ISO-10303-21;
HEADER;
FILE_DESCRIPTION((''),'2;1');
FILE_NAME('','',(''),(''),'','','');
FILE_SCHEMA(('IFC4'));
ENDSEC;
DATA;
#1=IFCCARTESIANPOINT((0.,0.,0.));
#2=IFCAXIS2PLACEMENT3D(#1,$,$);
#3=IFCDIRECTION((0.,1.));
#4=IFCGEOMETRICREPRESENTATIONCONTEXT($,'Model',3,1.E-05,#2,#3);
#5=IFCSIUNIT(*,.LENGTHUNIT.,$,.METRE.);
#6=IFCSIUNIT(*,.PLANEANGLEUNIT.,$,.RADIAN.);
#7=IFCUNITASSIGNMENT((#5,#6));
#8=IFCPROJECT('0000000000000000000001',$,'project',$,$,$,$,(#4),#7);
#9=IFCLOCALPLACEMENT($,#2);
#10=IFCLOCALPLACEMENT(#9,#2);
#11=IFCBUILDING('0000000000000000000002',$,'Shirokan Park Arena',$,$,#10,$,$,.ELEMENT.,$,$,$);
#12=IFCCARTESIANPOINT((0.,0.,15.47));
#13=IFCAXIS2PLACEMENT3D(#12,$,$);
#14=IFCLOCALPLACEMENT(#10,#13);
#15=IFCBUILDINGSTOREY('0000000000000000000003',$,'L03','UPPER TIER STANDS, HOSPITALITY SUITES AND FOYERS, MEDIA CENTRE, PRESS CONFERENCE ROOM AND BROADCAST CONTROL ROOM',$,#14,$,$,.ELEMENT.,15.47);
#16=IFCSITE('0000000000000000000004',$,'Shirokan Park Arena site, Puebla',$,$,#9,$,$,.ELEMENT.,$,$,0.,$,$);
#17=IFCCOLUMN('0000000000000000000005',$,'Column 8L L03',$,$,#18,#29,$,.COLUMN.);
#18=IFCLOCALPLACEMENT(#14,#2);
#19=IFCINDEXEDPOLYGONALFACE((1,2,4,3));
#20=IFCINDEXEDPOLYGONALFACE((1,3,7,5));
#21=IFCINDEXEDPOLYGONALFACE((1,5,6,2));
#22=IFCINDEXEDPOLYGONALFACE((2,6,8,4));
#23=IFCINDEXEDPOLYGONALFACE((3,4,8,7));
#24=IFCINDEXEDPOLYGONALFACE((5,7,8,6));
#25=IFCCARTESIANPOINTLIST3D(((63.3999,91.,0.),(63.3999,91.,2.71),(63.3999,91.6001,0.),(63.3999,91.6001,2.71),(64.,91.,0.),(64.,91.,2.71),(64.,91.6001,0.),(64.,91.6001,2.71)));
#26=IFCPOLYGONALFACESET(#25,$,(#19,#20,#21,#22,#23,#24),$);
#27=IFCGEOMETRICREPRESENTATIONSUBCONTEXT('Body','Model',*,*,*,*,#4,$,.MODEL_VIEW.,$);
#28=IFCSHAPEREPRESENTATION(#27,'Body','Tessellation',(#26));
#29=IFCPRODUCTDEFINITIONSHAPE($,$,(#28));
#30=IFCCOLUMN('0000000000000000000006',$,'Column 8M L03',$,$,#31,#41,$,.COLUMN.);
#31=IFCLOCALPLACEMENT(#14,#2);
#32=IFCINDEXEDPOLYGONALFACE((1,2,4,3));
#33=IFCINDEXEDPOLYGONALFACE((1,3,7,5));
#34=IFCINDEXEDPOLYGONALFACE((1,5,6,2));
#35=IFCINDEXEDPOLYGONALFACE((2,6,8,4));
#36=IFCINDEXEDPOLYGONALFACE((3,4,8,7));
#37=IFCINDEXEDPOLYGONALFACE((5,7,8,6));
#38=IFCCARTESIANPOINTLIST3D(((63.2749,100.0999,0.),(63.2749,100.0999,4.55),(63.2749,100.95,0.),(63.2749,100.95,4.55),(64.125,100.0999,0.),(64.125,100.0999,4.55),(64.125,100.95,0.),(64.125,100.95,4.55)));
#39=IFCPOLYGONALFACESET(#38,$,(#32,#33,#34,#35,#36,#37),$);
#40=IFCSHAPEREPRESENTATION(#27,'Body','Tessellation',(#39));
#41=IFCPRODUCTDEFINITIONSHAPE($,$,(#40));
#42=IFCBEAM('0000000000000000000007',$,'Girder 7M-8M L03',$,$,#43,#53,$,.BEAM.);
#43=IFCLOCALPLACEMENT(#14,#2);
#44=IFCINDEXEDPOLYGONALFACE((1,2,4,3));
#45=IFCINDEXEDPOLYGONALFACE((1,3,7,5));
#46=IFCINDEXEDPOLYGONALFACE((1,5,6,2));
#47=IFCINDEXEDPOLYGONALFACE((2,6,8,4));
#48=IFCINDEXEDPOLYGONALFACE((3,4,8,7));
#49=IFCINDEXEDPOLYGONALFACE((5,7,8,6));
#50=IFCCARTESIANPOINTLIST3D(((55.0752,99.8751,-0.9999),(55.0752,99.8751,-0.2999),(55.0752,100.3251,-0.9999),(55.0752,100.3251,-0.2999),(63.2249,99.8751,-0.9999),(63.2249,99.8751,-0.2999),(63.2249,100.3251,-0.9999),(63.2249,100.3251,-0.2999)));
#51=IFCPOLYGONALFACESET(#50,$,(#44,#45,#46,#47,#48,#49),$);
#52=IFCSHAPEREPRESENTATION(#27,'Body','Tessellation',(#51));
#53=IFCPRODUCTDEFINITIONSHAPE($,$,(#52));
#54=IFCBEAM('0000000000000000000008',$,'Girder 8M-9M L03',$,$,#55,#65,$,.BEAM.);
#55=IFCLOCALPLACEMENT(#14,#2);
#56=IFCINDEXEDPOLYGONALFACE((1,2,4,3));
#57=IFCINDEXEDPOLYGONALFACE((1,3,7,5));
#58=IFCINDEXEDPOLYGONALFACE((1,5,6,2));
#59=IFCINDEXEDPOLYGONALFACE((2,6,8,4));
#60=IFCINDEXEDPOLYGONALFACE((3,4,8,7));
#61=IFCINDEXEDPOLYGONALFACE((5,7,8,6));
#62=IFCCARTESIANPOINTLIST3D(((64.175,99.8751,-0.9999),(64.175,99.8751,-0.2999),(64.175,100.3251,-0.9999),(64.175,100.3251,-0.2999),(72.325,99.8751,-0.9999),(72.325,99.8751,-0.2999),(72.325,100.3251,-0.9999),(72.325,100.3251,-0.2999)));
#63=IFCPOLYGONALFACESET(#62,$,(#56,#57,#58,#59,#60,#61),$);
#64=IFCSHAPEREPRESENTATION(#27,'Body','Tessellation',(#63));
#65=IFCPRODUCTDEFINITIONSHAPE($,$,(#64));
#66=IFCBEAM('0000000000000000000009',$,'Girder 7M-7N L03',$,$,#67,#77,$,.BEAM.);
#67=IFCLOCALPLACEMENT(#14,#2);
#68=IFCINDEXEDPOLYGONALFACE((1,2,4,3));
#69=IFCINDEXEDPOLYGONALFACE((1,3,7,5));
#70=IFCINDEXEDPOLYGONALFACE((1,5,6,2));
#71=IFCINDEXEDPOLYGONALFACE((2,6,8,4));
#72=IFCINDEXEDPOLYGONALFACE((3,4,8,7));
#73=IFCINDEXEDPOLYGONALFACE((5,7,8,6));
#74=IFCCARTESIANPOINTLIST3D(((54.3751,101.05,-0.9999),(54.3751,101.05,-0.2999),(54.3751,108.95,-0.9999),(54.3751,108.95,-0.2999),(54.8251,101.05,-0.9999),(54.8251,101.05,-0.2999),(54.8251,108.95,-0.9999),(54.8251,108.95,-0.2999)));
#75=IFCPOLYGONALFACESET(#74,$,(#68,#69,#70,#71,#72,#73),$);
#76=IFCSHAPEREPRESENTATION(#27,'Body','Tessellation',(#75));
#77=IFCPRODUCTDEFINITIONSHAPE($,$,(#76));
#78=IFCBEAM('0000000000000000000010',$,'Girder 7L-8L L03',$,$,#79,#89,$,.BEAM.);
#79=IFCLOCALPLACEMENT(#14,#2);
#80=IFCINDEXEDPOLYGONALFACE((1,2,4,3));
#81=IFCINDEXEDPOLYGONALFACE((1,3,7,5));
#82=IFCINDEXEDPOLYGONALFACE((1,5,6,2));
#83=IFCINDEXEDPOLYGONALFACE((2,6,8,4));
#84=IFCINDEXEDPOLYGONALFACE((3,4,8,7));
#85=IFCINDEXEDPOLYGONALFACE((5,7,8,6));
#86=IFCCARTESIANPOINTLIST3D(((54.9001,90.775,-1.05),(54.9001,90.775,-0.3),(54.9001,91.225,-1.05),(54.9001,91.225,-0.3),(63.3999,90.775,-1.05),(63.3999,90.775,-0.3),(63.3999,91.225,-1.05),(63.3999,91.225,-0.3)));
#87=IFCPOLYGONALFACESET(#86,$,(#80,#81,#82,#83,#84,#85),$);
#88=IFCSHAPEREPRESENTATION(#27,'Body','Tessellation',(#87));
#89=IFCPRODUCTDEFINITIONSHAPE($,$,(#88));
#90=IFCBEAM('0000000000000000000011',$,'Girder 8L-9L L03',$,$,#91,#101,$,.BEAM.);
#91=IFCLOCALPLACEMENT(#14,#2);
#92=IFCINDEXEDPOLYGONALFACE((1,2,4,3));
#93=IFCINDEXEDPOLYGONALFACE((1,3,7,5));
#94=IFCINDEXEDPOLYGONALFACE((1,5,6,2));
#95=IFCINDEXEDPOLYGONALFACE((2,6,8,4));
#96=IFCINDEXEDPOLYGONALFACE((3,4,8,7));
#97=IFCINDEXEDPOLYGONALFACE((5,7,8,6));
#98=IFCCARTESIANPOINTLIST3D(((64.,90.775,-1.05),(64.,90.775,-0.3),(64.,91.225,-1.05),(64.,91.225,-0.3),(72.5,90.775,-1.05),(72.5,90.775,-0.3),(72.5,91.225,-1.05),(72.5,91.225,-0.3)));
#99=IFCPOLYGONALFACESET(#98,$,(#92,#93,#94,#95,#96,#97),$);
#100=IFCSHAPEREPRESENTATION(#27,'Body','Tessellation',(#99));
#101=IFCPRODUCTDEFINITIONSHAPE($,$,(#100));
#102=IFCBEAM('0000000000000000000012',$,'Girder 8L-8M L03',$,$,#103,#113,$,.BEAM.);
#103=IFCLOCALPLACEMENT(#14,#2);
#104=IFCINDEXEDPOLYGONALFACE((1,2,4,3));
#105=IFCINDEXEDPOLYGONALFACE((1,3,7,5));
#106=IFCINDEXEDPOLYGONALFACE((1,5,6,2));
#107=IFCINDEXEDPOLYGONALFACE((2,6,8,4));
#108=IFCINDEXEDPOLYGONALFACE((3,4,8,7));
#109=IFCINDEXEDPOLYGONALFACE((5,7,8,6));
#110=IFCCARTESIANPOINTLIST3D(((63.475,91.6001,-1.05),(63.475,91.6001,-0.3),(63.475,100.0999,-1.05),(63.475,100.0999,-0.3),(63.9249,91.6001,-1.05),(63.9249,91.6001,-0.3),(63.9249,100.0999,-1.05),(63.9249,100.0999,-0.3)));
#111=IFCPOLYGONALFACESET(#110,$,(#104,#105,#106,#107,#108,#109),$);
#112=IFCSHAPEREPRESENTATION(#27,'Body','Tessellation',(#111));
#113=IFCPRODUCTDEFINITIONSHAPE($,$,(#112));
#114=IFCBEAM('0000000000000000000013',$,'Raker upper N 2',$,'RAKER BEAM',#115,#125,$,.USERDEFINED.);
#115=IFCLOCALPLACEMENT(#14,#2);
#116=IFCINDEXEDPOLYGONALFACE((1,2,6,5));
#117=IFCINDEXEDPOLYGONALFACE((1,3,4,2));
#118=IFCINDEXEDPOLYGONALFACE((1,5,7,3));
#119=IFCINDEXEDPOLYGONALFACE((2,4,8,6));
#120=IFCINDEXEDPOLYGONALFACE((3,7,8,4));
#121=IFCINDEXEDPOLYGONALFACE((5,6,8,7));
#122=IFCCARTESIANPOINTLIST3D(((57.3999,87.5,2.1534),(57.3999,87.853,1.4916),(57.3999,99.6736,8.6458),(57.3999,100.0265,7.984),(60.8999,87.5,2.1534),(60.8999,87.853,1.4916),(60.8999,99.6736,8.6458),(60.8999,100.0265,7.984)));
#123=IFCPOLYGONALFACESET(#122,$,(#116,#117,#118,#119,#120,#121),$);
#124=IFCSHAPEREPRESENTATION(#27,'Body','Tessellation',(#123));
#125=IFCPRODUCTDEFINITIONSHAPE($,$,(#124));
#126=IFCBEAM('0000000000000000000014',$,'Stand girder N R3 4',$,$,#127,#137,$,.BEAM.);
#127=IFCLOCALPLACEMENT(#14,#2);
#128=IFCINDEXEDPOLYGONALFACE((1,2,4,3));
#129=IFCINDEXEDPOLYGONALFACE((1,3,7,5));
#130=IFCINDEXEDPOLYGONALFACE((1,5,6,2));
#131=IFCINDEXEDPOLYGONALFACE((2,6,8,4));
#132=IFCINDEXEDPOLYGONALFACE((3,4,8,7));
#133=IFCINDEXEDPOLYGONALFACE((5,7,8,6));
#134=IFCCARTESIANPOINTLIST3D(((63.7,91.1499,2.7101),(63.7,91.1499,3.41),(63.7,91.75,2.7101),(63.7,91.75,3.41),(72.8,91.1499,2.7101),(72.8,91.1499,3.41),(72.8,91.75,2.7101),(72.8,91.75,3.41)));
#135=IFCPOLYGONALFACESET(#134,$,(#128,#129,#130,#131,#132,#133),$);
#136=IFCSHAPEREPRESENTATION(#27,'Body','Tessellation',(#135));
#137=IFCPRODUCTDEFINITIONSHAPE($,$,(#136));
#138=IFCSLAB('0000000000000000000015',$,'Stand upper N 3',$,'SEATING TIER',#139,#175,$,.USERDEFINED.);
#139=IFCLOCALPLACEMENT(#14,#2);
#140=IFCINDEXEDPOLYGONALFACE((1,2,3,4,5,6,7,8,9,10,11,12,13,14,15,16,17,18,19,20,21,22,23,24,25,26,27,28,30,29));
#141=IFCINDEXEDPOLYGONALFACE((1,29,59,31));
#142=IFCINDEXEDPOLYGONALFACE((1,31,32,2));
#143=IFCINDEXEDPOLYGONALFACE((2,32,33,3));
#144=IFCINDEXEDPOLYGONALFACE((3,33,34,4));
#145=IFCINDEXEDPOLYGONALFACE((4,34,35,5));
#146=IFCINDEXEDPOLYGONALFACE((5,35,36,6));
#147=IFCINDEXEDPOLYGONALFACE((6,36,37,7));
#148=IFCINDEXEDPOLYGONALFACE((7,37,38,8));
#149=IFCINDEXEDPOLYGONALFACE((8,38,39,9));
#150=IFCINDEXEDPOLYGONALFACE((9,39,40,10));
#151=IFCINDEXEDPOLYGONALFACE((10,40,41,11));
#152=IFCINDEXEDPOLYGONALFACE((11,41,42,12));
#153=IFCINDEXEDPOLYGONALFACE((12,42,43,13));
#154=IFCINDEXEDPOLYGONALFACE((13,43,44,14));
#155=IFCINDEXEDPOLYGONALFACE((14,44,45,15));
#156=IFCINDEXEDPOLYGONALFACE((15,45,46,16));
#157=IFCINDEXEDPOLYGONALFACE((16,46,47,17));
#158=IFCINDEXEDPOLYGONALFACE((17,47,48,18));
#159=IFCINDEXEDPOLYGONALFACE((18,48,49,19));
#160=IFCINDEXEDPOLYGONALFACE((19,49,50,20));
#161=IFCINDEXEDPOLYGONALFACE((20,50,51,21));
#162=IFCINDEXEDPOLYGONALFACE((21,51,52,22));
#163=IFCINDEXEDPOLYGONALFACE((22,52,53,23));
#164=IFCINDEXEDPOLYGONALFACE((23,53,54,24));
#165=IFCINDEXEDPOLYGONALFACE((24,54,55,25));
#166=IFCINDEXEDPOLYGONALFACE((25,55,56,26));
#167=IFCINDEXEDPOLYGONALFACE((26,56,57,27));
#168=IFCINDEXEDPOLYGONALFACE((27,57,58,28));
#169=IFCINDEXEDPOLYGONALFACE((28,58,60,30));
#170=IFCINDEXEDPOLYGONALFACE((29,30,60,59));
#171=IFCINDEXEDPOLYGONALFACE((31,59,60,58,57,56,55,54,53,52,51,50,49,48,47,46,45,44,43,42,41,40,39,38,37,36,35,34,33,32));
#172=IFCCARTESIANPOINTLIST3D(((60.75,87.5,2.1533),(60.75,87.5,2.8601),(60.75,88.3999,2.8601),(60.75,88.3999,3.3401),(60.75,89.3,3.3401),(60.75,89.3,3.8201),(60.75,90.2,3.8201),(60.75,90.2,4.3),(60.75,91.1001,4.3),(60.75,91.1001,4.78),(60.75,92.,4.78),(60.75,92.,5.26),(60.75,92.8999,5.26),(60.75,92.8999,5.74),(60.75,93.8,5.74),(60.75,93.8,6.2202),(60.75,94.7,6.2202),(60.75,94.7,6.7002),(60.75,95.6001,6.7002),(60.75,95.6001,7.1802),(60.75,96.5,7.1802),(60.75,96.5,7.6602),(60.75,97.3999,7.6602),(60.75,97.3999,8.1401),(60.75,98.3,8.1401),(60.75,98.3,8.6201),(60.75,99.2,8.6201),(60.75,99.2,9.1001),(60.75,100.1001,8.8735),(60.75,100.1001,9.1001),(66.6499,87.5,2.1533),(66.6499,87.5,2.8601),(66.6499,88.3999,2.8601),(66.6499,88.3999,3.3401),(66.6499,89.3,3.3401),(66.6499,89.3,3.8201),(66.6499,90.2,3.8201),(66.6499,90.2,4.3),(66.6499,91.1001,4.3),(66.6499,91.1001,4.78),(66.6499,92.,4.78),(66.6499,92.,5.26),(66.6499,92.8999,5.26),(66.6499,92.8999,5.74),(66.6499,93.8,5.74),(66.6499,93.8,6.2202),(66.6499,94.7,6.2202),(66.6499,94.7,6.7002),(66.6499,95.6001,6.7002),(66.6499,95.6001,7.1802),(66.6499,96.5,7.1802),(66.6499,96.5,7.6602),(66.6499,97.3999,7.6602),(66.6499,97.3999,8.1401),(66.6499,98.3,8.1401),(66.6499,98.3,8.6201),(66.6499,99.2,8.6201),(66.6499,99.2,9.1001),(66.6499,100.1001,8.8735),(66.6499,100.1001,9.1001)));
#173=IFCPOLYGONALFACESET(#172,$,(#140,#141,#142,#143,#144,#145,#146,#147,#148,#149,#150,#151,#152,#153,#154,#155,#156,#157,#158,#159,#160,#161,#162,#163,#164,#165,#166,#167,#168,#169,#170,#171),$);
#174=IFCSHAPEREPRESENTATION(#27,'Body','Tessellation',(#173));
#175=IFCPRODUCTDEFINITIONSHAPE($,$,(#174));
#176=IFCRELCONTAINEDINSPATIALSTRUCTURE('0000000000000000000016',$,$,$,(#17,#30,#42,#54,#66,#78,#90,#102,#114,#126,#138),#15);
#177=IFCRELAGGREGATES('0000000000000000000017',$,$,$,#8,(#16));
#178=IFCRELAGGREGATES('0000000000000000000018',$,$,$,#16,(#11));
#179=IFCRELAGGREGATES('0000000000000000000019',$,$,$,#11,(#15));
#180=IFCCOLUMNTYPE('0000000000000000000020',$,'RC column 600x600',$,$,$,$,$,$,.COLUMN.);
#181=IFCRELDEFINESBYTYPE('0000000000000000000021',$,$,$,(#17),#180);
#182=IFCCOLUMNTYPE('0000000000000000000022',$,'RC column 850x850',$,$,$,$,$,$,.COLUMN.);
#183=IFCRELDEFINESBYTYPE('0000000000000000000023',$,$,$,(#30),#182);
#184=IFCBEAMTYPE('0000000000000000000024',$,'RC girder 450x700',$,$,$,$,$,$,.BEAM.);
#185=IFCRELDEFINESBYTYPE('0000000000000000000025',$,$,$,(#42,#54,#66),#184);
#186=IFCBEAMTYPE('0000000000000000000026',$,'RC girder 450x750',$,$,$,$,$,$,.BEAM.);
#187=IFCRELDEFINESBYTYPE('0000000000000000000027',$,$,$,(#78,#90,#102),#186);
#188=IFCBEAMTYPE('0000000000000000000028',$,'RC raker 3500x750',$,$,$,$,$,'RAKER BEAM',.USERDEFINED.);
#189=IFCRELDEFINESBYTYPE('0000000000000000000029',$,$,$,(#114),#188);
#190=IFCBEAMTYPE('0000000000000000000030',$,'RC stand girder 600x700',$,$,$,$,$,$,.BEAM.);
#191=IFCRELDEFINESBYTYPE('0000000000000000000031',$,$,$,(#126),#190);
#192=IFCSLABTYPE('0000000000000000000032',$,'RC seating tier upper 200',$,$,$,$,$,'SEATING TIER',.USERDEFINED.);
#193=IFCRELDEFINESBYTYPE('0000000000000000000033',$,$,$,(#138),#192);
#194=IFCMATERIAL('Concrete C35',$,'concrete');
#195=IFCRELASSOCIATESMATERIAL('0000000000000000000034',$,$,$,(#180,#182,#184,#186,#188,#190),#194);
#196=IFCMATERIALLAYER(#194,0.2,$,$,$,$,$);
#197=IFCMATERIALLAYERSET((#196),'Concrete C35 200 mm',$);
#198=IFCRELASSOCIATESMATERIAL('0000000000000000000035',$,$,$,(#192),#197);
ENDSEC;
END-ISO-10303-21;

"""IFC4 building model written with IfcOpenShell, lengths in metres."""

from ifc_helpers import new_model, si_unit, direction, frame, origin, origin_2d, place, context, subcontext, project, spatial, polyline, rectangle, outline, extrude, material, layer, layer_set, material_profile, profile_set, type_object, element, save


model = new_model("IFC4")

# Units and contexts
model_context = context("Model", 3, precision=1e-05, world=origin(), true_north=direction((0.0, 1.0)))
body_context = subcontext(model_context, "Body", "Model", "MODEL_VIEW")
ifc_project = project(units=[si_unit("LENGTHUNIT", "METRE"), si_unit("PLANEANGLEUNIT", "RADIAN")], contexts=[model_context])

# Site, building, storey
site_placement = place(None, origin())
site = spatial("IfcSite", under=ifc_project, at=site_placement, Name="Shirokan Park Arena site, Puebla", CompositionType="ELEMENT", RefElevation=0.0)
building_placement = place(site_placement, origin())
building = spatial("IfcBuilding", under=site, at=building_placement, Name="Shirokan Park Arena", CompositionType="ELEMENT")
storey_placement = place(building_placement, frame((0.0, 0.0, 15.47)))
storey = spatial("IfcBuildingStorey", under=building, at=storey_placement, Name="L03", Description="UPPER TIER STANDS, HOSPITALITY SUITES AND FOYERS, MEDIA CENTRE, PRESS CONFERENCE ROOM AND BROADCAST CONTROL ROOM", CompositionType="ELEMENT", Elevation=15.47)

# Columns
ifc_material_1 = material(Name="Concrete C35", Category="concrete")
ifc_material_profile_1 = material_profile(ifc_material_1, rectangle(XDim=0.6001, YDim=0.6001, at=origin_2d()), Name="600x600")
ifc_profile_set_1 = profile_set([ifc_material_profile_1], Name="Concrete C35")
column_type_1 = type_object("IfcColumnType", Name="RC column 600x600", PredefinedType="COLUMN", material=ifc_profile_set_1)
column_1_placement = place(storey_placement, frame((63.7, 91.3, 0.0), z_axis=(0.0, 0.0, 1.0), x_axis=(1.0, 0.0, 0.0)))
element("IfcColumn", 1, at=column_1_placement, inside=storey, type_object=column_type_1, Name="Column 8L L03", PredefinedType="COLUMN", context=body_context, shape_type="SweptSolid", body=[
    extrude(rectangle(XDim=0.6001, YDim=0.6001, at=origin_2d()), origin(), (0.0, 0.0, 1.0), 2.71),
])
ifc_material_profile_2 = material_profile(ifc_material_1, rectangle(XDim=0.8501, YDim=0.8501, at=origin_2d()), Name="850x850")
ifc_profile_set_2 = profile_set([ifc_material_profile_2], Name="Concrete C35")
column_type_2 = type_object("IfcColumnType", Name="RC column 850x850", PredefinedType="COLUMN", material=ifc_profile_set_2)
column_2_placement = place(storey_placement, frame((63.7, 100.5249, 0.0), z_axis=(0.0, 0.0, 1.0), x_axis=(1.0, 0.0, 0.0)))
element("IfcColumn", 2, at=column_2_placement, inside=storey, type_object=column_type_2, Name="Column 8M L03", PredefinedType="COLUMN", context=body_context, shape_type="SweptSolid", body=[
    extrude(rectangle(XDim=0.8501, YDim=0.8501, at=origin_2d()), origin(), (0.0, 0.0, 1.0), 4.55),
])

# Beams
ifc_material_profile_3 = material_profile(ifc_material_1, rectangle(XDim=0.45, YDim=0.7, at=origin_2d()), Name="450x700")
ifc_profile_set_3 = profile_set([ifc_material_profile_3], Name="Concrete C35")
beam_type_1 = type_object("IfcBeamType", Name="RC girder 450x700", PredefinedType="BEAM", material=ifc_profile_set_3)
beam_1_placement = place(storey_placement, frame((55.0752, 100.1001, -0.6499), z_axis=(1.0, 0.0, 0.0), x_axis=(0.0, 1.0, 0.0)))
element("IfcBeam", 3, at=beam_1_placement, inside=storey, type_object=beam_type_1, Name="Girder 7M-8M L03", PredefinedType="BEAM", context=body_context, shape_type="SweptSolid", body=[
    extrude(rectangle(XDim=0.45, YDim=0.7, at=origin_2d()), origin(), (0.0, 0.0, 1.0), 8.1497),
])
beam_2_placement = place(storey_placement, frame((64.175, 100.1001, -0.6499), z_axis=(1.0, 0.0, 0.0), x_axis=(0.0, 1.0, 0.0)))
element("IfcBeam", 4, at=beam_2_placement, inside=storey, type_object=beam_type_1, Name="Girder 8M-9M L03", PredefinedType="BEAM", context=body_context, shape_type="SweptSolid", body=[
    extrude(rectangle(XDim=0.45, YDim=0.7, at=origin_2d()), origin(), (0.0, 0.0, 1.0), 8.1499),
])
beam_3_placement = place(storey_placement, frame((54.6001, 101.05, -0.6499), z_axis=(0.0, 1.0, 0.0), x_axis=(-1.0, 0.0, 0.0)))
element("IfcBeam", 5, at=beam_3_placement, inside=storey, type_object=beam_type_1, Name="Girder 7M-7N L03", PredefinedType="BEAM", context=body_context, shape_type="SweptSolid", body=[
    extrude(rectangle(XDim=0.45, YDim=0.7, at=origin_2d()), origin(), (0.0, 0.0, 1.0), 7.8999),
])
ifc_material_profile_4 = material_profile(ifc_material_1, rectangle(XDim=0.45, YDim=0.75, at=origin_2d()), Name="450x750")
ifc_profile_set_4 = profile_set([ifc_material_profile_4], Name="Concrete C35")
beam_type_2 = type_object("IfcBeamType", Name="RC girder 450x750", PredefinedType="BEAM", material=ifc_profile_set_4)
beam_4_placement = place(storey_placement, frame((54.9001, 91.0, -0.675), z_axis=(1.0, 0.0, 0.0), x_axis=(0.0, 1.0, 0.0)))
element("IfcBeam", 6, at=beam_4_placement, inside=storey, type_object=beam_type_2, Name="Girder 7L-8L L03", PredefinedType="BEAM", context=body_context, shape_type="SweptSolid", body=[
    extrude(rectangle(XDim=0.45, YDim=0.75, at=origin_2d()), origin(), (0.0, 0.0, 1.0), 8.4998),
])
beam_5_placement = place(storey_placement, frame((64.0, 91.0, -0.675), z_axis=(1.0, 0.0, 0.0), x_axis=(0.0, 1.0, 0.0)))
element("IfcBeam", 7, at=beam_5_placement, inside=storey, type_object=beam_type_2, Name="Girder 8L-9L L03", PredefinedType="BEAM", context=body_context, shape_type="SweptSolid", body=[
    extrude(rectangle(XDim=0.45, YDim=0.75, at=origin_2d()), origin(), (0.0, 0.0, 1.0), 8.5),
])
beam_6_placement = place(storey_placement, frame((63.7, 91.6001, -0.675), z_axis=(0.0, 1.0, 0.0), x_axis=(-1.0, 0.0, 0.0)))
element("IfcBeam", 8, at=beam_6_placement, inside=storey, type_object=beam_type_2, Name="Girder 8L-8M L03", PredefinedType="BEAM", context=body_context, shape_type="SweptSolid", body=[
    extrude(rectangle(XDim=0.45, YDim=0.75, at=origin_2d()), origin(), (0.0, 0.0, 1.0), 8.4998),
])
ifc_material_profile_5 = material_profile(ifc_material_1, rectangle(XDim=3.5, YDim=0.75, at=origin_2d()), Name="3500x750")
ifc_profile_set_5 = profile_set([ifc_material_profile_5], Name="Concrete C35")
beam_type_3 = type_object("IfcBeamType", Name="RC raker 3500x750", ElementType="RAKER BEAM", PredefinedType="USERDEFINED", material=ifc_profile_set_5)
beam_7_placement = place(storey_placement, frame((59.1499, 87.6765, 1.8225), z_axis=(0.0, 0.882357, 0.47058), x_axis=(-1.0, 0.0, 0.0)))
element("IfcBeam", 9, at=beam_7_placement, inside=storey, type_object=beam_type_3, Name="Raker upper N 2", ObjectType="RAKER BEAM", PredefinedType="USERDEFINED", context=body_context, shape_type="SweptSolid", body=[
    extrude(rectangle(XDim=3.5, YDim=0.75, at=origin_2d()), origin(), (0.0, 0.0, 1.0), 13.7966),
])
ifc_material_profile_6 = material_profile(ifc_material_1, rectangle(XDim=0.6001, YDim=0.7, at=origin_2d()), Name="600x700")
ifc_profile_set_6 = profile_set([ifc_material_profile_6], Name="Concrete C35")
beam_type_4 = type_object("IfcBeamType", Name="RC stand girder 600x700", PredefinedType="BEAM", material=ifc_profile_set_6)
beam_8_placement = place(storey_placement, frame((63.7, 91.45, 3.0601), z_axis=(1.0, 0.0, 0.0), x_axis=(0.0, 1.0, 0.0)))
element("IfcBeam", 10, at=beam_8_placement, inside=storey, type_object=beam_type_4, Name="Stand girder N R3 4", PredefinedType="BEAM", context=body_context, shape_type="SweptSolid", body=[
    extrude(rectangle(XDim=0.6001, YDim=0.7, at=origin_2d()), origin(), (0.0, 0.0, 1.0), 9.1001),
])

# Slab
ifc_layer_1 = layer(ifc_material_1, 0.2)
ifc_layer_set_1 = layer_set([ifc_layer_1], Name="Concrete C35 200 mm")
slab_type = type_object("IfcSlabType", Name="RC seating tier upper 200", ElementType="SEATING TIER", PredefinedType="USERDEFINED", material=ifc_layer_set_1)
slab_placement = place(storey_placement, frame((63.7, 87.5, 2.8601), z_axis=(0.0, 0.0, 1.0), x_axis=(0.0, 1.0, 0.0)))
element("IfcSlab", 11, at=slab_placement, inside=storey, type_object=slab_type, Name="Stand upper N 3", ObjectType="SEATING TIER", PredefinedType="USERDEFINED", context=body_context, shape_type="SweptSolid", body=[
    extrude(outline(polyline([(0.0, 0.0), (0.8999, 0.0), (0.8999, 0.48), (1.8, 0.48), (1.8, 0.96), (2.7, 0.96), (2.7, 1.4399), (3.6001, 1.4399), (3.6001, 1.9199), (4.5, 1.9199), (4.5, 2.3999), (5.3999, 2.3999), (5.3999, 2.8799), (6.3, 2.8799), (6.3, 3.3601), (7.2, 3.3601), (7.2, 3.8401), (8.1001, 3.8401), (8.1001, 4.3201), (9.0, 4.3201), (9.0, 4.8), (9.8999, 4.8), (9.8999, 5.28), (10.8, 5.28), (10.8, 5.76), (11.7, 5.76), (11.7, 6.24), (12.6001, 6.24), (12.6001, 6.0134), (0.0, -0.7068), (0.0, 0.0)])), frame((0.0, 2.95, 0.0), z_axis=(0.0, -1.0, 0.0), x_axis=(1.0, 0.0, 0.0)), (0.0, 0.0, 1.0), 5.8999),
])

save(model, "model.ifc")
